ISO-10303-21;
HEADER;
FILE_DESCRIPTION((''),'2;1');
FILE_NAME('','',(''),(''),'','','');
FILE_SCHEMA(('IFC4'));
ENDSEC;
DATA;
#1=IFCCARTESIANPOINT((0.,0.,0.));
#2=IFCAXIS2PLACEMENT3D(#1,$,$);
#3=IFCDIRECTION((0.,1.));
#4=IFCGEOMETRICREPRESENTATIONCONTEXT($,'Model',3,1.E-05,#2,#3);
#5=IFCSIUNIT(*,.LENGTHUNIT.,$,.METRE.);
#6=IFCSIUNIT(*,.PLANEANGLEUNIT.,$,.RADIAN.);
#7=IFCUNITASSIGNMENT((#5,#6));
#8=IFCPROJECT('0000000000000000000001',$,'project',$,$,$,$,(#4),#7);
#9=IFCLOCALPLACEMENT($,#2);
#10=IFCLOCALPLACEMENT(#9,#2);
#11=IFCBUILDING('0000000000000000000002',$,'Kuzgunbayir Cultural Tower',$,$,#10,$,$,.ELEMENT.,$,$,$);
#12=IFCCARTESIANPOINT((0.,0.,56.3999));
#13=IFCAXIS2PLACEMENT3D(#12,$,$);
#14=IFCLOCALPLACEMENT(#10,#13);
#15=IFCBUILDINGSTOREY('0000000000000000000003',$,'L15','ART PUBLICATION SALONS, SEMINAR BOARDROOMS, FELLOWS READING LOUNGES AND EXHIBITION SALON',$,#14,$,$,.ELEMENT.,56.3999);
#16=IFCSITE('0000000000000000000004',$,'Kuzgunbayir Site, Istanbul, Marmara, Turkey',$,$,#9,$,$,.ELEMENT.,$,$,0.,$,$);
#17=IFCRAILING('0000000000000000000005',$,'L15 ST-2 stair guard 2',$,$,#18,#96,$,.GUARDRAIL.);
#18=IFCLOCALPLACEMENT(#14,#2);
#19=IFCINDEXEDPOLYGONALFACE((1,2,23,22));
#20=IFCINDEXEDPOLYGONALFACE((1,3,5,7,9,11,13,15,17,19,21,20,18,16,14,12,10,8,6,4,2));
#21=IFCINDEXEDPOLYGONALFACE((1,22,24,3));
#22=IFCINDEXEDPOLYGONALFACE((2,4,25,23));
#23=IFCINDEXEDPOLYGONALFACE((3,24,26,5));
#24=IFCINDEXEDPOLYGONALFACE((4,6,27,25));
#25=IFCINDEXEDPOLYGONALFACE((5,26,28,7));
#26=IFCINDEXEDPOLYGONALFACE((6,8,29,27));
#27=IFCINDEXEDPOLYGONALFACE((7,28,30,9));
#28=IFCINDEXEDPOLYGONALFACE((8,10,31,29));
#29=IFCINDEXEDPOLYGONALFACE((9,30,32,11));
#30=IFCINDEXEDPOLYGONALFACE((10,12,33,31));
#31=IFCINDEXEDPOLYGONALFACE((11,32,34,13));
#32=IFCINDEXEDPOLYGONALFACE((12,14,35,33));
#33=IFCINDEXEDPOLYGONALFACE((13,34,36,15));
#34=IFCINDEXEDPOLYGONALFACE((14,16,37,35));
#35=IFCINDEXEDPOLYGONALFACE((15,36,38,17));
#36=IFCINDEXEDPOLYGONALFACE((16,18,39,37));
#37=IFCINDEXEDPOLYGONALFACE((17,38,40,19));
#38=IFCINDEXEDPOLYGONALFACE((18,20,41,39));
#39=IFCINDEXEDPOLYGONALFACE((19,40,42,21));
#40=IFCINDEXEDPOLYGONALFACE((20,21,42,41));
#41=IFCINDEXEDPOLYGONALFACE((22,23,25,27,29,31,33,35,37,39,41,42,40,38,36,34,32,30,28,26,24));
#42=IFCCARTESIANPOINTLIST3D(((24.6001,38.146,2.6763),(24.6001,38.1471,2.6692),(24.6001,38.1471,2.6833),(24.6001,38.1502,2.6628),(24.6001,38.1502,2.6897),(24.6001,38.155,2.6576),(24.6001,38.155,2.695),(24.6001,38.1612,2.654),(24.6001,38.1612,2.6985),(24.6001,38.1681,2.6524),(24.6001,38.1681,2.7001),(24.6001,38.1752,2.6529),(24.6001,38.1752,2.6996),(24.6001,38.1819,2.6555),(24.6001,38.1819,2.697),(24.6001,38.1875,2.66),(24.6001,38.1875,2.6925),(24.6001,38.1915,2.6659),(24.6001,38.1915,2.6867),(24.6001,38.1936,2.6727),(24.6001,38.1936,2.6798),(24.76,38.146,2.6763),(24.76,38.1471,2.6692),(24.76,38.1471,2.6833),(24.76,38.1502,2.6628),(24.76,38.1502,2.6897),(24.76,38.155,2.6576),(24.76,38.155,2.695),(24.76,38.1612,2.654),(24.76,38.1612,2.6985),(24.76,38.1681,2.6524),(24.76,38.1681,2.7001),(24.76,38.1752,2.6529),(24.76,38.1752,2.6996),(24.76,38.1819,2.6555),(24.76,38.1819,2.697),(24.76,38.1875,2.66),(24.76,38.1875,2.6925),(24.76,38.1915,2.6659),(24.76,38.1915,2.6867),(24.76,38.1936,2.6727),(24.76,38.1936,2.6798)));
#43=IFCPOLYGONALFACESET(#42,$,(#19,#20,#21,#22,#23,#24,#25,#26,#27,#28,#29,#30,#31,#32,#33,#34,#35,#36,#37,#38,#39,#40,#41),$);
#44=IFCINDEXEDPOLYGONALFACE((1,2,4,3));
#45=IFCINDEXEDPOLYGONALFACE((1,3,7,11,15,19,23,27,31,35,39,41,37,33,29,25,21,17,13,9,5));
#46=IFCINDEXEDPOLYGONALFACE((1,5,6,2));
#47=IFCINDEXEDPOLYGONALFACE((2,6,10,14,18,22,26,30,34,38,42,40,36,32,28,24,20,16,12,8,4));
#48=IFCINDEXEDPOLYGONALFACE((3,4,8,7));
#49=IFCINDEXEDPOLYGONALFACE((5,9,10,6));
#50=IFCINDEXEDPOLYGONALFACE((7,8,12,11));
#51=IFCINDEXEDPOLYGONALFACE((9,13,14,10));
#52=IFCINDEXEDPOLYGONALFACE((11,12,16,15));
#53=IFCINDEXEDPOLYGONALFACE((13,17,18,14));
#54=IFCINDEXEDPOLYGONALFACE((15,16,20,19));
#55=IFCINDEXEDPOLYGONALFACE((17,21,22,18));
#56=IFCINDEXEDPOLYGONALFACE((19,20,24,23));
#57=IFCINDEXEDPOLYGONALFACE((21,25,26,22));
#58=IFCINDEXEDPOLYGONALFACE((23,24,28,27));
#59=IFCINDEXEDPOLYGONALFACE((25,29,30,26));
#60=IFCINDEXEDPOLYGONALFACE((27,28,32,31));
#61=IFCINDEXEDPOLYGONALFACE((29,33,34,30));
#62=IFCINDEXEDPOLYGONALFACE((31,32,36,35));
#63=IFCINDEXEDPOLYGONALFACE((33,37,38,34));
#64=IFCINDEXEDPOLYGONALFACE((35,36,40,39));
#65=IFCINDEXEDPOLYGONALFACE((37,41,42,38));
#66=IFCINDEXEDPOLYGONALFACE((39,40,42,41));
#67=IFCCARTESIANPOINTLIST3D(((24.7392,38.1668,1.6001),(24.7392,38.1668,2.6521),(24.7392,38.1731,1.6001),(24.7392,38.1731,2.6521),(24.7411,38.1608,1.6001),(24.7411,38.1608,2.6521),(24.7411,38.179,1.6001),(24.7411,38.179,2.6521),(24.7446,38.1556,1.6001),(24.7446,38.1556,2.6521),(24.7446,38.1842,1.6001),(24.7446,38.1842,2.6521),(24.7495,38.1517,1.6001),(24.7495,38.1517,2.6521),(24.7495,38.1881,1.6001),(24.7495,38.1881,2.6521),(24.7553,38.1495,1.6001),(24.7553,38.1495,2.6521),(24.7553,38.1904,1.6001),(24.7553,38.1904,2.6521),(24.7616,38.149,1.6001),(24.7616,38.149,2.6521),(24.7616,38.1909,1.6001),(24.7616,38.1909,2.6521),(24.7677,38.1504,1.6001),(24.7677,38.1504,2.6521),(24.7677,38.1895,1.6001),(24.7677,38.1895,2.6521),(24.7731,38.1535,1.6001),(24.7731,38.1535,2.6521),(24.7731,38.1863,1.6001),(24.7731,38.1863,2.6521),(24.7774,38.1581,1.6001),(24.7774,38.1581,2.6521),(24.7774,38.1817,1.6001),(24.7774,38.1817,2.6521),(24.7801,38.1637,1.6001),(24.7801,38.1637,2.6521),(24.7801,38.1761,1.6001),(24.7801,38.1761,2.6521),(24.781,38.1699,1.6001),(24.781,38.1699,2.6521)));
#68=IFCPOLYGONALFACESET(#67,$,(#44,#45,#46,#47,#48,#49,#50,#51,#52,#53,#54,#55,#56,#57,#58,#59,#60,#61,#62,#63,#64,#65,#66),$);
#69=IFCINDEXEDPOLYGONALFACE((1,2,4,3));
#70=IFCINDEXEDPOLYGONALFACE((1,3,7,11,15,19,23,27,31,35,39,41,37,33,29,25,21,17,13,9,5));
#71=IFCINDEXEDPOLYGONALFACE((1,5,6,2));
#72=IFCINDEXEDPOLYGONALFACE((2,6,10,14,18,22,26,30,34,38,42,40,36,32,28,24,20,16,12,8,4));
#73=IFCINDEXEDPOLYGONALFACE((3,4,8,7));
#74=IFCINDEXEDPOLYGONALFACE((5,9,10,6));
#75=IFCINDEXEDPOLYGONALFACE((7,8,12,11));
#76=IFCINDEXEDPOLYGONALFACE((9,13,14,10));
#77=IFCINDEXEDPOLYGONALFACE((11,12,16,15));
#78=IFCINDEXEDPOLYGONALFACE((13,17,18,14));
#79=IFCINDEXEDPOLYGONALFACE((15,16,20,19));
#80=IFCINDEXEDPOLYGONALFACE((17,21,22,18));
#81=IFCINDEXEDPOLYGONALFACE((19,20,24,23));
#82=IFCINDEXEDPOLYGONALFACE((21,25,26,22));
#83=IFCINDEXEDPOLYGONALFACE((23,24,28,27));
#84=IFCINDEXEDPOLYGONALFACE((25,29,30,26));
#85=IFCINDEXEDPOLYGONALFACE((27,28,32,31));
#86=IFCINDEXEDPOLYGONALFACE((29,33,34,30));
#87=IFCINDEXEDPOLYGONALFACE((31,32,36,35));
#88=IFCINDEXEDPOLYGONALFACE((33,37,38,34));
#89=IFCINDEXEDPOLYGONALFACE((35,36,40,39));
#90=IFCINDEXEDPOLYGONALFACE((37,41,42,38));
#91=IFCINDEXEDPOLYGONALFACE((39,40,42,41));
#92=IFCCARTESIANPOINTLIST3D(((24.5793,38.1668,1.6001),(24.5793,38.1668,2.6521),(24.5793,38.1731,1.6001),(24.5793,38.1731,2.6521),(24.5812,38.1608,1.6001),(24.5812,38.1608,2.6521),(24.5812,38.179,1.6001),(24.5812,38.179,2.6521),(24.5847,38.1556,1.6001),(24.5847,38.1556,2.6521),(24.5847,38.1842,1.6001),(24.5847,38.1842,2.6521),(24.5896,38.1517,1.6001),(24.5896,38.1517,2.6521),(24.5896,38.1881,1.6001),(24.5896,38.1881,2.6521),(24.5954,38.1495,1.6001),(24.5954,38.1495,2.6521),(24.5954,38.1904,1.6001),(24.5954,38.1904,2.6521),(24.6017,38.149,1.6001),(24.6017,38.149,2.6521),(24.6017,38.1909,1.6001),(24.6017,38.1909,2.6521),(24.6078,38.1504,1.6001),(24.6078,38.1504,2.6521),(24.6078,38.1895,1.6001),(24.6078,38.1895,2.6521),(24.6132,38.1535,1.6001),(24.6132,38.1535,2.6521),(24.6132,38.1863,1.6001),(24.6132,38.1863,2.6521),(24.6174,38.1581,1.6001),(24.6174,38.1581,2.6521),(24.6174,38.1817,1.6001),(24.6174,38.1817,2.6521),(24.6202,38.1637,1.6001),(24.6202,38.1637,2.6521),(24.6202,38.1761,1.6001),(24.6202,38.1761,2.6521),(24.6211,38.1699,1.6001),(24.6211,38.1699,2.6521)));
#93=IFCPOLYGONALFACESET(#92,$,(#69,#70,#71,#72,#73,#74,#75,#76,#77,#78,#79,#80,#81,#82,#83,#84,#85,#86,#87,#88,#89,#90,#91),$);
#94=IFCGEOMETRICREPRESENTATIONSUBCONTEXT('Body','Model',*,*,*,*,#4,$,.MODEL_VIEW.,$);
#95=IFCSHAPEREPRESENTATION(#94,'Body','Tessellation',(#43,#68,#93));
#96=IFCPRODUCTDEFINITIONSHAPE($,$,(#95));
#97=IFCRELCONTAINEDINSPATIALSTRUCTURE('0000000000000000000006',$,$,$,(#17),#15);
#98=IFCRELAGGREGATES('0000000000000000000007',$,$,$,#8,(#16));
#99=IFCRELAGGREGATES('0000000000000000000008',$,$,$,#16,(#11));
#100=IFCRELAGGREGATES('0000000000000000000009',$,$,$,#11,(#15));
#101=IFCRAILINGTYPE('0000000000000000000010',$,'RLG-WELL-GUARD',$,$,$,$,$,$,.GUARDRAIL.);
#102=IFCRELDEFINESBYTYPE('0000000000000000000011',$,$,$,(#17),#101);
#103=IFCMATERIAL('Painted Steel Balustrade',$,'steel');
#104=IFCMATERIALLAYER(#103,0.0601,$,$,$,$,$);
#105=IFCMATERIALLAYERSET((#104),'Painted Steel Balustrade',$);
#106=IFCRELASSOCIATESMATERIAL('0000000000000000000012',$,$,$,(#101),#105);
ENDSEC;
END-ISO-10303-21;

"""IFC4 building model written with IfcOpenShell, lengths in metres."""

from ifc_helpers import new_model, si_unit, direction, frame, origin, origin_2d, place, context, subcontext, project, spatial, circle, extrude, material, layer, layer_set, type_object, element, save


model = new_model("IFC4")

# Units and contexts
model_context = context("Model", 3, precision=1e-05, world=origin(), true_north=direction((0.0, 1.0)))
body_context = subcontext(model_context, "Body", "Model", "MODEL_VIEW")
ifc_project = project(units=[si_unit("LENGTHUNIT", "METRE"), si_unit("PLANEANGLEUNIT", "RADIAN")], contexts=[model_context])

# Site, building, storey
site_placement = place(None, origin())
site = spatial("IfcSite", under=ifc_project, at=site_placement, Name="Kuzgunbayir Site, Istanbul, Marmara, Turkey", CompositionType="ELEMENT", RefElevation=0.0)
building_placement = place(site_placement, origin())
building = spatial("IfcBuilding", under=site, at=building_placement, Name="Kuzgunbayir Cultural Tower", CompositionType="ELEMENT")
storey_placement = place(building_placement, frame((0.0, 0.0, 56.3999)))
storey = spatial("IfcBuildingStorey", under=building, at=storey_placement, Name="L15", Description="ART PUBLICATION SALONS, SEMINAR BOARDROOMS, FELLOWS READING LOUNGES AND EXHIBITION SALON", CompositionType="ELEMENT", Elevation=56.3999)

# Railing
ifc_material_1 = material(Name="Painted Steel Balustrade", Category="steel")
ifc_layer_1 = layer(ifc_material_1, 0.0601)
ifc_layer_set_1 = layer_set([ifc_layer_1], Name="Painted Steel Balustrade")
railing_type_1 = type_object("IfcRailingType", Name="RLG-WELL-GUARD", PredefinedType="GUARDRAIL", material=ifc_layer_set_1)
railing_1_placement = place(storey_placement, frame((24.76, 38.1699, 1.6001)))
element("IfcRailing", 1, at=railing_1_placement, inside=storey, type_object=railing_type_1, Name="L15 ST-2 stair guard 2", PredefinedType="GUARDRAIL", context=body_context, shape_type="SweptSolid", body=[
    extrude(circle(Radius=0.0239, at=origin_2d()), frame((0.0, 0.0, 1.0762), z_axis=(-1.0, 0.0, 0.0), x_axis=(0.0, -1.0, 0.0)), (0.0, 0.0, 1.0), 0.1599),
    extrude(circle(Radius=0.021, at=origin_2d()), origin(), (0.0, 0.0, 1.0), 1.052),
    extrude(circle(Radius=0.021, at=origin_2d()), frame((-0.1599, 0.0, 0.0)), (0.0, 0.0, 1.0), 1.052),
])

save(model, "model.ifc")
